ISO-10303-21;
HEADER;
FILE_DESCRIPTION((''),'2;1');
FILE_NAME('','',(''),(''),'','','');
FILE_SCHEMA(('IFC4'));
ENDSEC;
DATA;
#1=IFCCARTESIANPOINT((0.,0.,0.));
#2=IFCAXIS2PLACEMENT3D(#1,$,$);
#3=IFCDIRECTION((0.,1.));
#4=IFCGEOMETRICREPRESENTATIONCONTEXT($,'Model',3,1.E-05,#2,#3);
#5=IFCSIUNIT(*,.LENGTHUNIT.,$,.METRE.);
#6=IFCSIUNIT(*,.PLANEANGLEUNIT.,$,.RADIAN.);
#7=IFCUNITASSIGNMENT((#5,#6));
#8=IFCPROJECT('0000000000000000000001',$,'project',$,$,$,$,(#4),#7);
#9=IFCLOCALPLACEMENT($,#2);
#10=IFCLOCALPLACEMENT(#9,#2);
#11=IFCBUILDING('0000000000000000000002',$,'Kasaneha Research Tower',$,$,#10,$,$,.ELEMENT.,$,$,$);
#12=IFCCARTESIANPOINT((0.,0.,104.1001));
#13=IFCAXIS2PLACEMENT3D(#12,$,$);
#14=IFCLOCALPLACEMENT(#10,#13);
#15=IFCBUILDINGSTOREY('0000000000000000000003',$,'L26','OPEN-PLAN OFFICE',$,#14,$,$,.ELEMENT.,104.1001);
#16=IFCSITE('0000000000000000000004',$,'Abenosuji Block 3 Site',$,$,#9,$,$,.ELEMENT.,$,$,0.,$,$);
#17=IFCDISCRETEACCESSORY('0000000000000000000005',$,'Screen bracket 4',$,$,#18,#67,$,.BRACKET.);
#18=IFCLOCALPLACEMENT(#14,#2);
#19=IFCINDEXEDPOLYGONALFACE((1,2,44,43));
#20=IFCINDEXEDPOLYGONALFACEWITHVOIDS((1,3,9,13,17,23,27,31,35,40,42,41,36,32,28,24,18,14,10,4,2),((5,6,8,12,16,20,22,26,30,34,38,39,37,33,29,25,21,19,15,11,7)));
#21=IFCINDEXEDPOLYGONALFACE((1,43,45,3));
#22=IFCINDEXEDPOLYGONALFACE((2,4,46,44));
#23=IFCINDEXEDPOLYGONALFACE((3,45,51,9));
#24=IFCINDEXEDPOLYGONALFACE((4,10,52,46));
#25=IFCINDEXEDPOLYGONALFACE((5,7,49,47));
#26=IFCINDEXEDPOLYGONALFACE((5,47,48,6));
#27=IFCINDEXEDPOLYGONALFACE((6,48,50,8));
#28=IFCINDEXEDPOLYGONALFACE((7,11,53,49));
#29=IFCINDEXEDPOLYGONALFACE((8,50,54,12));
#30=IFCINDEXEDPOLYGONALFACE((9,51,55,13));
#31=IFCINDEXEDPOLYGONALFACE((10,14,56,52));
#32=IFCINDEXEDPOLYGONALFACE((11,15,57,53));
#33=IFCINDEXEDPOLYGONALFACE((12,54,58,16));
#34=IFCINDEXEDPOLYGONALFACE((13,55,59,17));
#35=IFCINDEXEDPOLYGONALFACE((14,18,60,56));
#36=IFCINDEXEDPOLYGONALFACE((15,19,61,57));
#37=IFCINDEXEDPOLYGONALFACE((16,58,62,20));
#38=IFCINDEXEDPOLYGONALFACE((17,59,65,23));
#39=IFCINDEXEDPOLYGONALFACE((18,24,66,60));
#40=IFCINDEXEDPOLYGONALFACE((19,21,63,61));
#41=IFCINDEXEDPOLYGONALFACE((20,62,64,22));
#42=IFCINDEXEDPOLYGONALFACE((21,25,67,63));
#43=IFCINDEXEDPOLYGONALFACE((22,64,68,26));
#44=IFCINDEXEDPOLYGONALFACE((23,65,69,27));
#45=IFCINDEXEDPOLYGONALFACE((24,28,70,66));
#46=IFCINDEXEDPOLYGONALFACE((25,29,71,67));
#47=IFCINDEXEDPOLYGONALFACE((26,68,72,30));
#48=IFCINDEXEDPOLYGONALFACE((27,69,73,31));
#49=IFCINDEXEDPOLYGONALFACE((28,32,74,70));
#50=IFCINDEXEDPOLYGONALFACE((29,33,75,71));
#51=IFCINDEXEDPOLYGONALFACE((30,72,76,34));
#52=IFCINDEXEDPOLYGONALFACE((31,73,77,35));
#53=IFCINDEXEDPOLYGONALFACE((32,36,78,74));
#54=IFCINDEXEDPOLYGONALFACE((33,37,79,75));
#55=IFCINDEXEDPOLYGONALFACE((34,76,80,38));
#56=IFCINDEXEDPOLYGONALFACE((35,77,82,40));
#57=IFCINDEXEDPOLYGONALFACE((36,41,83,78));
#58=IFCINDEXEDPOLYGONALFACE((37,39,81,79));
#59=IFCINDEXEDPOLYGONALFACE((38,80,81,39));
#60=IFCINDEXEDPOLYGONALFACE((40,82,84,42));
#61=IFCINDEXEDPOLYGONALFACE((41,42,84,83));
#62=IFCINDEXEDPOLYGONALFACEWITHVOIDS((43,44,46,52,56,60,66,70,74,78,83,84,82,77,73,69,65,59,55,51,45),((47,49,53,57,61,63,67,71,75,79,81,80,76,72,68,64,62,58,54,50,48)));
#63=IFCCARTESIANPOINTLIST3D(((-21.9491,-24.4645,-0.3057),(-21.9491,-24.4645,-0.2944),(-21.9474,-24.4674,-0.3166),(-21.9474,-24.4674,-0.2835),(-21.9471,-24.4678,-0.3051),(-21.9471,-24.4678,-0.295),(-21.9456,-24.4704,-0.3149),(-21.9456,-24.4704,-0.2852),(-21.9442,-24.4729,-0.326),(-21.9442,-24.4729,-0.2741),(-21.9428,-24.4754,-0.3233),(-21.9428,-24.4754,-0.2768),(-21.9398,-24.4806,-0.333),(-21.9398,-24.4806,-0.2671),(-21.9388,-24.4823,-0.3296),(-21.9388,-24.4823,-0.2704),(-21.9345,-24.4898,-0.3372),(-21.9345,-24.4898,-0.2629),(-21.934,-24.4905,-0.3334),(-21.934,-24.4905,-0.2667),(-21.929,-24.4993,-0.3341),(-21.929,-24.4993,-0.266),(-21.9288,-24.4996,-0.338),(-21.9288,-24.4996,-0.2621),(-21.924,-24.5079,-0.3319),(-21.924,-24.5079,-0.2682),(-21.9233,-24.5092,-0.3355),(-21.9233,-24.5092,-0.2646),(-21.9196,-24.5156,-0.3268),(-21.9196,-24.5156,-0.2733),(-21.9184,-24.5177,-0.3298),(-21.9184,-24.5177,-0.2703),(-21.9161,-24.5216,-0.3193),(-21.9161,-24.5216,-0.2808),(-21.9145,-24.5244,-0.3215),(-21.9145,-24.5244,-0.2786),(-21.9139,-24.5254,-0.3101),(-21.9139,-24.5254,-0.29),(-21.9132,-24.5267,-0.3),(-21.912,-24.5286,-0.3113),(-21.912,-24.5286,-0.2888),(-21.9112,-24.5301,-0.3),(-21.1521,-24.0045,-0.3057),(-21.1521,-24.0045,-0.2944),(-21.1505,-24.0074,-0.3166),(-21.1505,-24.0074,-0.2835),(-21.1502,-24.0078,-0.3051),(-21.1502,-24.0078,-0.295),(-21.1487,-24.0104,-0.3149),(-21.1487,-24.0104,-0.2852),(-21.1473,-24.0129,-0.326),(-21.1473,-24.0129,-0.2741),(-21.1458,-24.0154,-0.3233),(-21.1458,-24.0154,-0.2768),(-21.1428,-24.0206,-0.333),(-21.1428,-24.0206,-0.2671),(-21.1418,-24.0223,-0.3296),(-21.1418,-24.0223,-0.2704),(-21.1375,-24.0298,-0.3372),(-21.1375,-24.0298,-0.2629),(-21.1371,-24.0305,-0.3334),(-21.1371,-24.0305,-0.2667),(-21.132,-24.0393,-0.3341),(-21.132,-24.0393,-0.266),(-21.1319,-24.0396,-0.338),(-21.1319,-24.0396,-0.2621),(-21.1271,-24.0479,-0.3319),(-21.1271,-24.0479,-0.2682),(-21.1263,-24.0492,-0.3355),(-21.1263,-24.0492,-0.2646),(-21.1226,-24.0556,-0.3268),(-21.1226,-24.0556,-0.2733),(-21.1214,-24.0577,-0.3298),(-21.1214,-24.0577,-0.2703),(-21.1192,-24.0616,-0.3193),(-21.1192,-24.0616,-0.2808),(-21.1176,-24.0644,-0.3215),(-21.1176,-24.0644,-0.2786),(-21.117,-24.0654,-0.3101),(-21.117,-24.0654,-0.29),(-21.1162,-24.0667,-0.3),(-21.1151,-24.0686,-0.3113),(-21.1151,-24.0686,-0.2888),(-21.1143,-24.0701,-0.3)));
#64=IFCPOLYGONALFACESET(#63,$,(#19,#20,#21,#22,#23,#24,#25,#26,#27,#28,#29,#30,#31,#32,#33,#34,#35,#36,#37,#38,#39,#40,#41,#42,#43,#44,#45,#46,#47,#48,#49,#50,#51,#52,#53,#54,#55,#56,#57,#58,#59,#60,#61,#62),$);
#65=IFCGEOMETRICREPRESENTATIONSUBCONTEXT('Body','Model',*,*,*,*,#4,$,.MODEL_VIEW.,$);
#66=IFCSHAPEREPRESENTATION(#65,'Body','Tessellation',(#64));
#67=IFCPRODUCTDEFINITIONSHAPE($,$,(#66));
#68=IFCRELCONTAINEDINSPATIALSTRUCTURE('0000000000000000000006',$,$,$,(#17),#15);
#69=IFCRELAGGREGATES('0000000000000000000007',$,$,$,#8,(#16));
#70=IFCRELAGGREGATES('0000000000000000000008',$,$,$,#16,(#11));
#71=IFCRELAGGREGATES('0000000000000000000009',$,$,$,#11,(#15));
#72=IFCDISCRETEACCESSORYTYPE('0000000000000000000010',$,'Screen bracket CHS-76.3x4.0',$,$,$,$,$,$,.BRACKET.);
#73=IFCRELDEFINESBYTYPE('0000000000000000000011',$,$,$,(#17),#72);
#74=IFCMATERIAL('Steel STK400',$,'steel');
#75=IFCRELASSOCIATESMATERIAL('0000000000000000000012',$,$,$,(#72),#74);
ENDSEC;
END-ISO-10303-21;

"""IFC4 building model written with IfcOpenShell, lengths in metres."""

from ifc_helpers import new_model, si_unit, direction, frame, origin, origin_2d, place, context, subcontext, project, spatial, hollow_circle, extrude, material, material_profile, profile_set, type_object, element, save


model = new_model("IFC4")

# Units and contexts
model_context = context("Model", 3, precision=1e-05, world=origin(), true_north=direction((0.0, 1.0)))
body_context = subcontext(model_context, "Body", "Model", "MODEL_VIEW")
ifc_project = project(units=[si_unit("LENGTHUNIT", "METRE"), si_unit("PLANEANGLEUNIT", "RADIAN")], contexts=[model_context])

# Site, building, storey
site_placement = place(None, origin())
site = spatial("IfcSite", under=ifc_project, at=site_placement, Name="Abenosuji Block 3 Site", CompositionType="ELEMENT", RefElevation=0.0)
building_placement = place(site_placement, origin())
building = spatial("IfcBuilding", under=site, at=building_placement, Name="Kasaneha Research Tower", CompositionType="ELEMENT")
storey_placement = place(building_placement, frame((0.0, 0.0, 104.1001)))
storey = spatial("IfcBuildingStorey", under=building, at=storey_placement, Name="L26", Description="OPEN-PLAN OFFICE", CompositionType="ELEMENT", Elevation=104.1001)

# Discrete accessory
ifc_material_1 = material(Name="Steel STK400", Category="steel")
ifc_material_profile_1 = material_profile(ifc_material_1, hollow_circle(Radius=0.0381, WallThickness=0.0039, at=origin_2d()), Name="CHS-76.3x4.0")
ifc_profile_set_1 = profile_set([ifc_material_profile_1], Name="Steel STK400")
discrete_accessory_type = type_object("IfcDiscreteAccessoryType", Name="Screen bracket CHS-76.3x4.0", PredefinedType="BRACKET", material=ifc_profile_set_1)
for number, where, z_axis, x_axis, name in (
    (1, (-21.1333, -24.0371, -0.3), (-0.86608, -0.499906, 0.0), (0.499906, -0.86608, 0.0), "Screen bracket 4"),
):
    element("IfcDiscreteAccessory", number, at=place(storey_placement, frame(where, z_axis=z_axis, x_axis=x_axis)), inside=storey, type_object=discrete_accessory_type, Name=name, PredefinedType="BRACKET", context=body_context, shape_type="SweptSolid", body=[
        extrude(hollow_circle(Radius=0.0381, WallThickness=0.0039, at=origin_2d()), origin(), (0.0, 0.0, 1.0), 0.9202),
    ])

save(model, "model.ifc")
